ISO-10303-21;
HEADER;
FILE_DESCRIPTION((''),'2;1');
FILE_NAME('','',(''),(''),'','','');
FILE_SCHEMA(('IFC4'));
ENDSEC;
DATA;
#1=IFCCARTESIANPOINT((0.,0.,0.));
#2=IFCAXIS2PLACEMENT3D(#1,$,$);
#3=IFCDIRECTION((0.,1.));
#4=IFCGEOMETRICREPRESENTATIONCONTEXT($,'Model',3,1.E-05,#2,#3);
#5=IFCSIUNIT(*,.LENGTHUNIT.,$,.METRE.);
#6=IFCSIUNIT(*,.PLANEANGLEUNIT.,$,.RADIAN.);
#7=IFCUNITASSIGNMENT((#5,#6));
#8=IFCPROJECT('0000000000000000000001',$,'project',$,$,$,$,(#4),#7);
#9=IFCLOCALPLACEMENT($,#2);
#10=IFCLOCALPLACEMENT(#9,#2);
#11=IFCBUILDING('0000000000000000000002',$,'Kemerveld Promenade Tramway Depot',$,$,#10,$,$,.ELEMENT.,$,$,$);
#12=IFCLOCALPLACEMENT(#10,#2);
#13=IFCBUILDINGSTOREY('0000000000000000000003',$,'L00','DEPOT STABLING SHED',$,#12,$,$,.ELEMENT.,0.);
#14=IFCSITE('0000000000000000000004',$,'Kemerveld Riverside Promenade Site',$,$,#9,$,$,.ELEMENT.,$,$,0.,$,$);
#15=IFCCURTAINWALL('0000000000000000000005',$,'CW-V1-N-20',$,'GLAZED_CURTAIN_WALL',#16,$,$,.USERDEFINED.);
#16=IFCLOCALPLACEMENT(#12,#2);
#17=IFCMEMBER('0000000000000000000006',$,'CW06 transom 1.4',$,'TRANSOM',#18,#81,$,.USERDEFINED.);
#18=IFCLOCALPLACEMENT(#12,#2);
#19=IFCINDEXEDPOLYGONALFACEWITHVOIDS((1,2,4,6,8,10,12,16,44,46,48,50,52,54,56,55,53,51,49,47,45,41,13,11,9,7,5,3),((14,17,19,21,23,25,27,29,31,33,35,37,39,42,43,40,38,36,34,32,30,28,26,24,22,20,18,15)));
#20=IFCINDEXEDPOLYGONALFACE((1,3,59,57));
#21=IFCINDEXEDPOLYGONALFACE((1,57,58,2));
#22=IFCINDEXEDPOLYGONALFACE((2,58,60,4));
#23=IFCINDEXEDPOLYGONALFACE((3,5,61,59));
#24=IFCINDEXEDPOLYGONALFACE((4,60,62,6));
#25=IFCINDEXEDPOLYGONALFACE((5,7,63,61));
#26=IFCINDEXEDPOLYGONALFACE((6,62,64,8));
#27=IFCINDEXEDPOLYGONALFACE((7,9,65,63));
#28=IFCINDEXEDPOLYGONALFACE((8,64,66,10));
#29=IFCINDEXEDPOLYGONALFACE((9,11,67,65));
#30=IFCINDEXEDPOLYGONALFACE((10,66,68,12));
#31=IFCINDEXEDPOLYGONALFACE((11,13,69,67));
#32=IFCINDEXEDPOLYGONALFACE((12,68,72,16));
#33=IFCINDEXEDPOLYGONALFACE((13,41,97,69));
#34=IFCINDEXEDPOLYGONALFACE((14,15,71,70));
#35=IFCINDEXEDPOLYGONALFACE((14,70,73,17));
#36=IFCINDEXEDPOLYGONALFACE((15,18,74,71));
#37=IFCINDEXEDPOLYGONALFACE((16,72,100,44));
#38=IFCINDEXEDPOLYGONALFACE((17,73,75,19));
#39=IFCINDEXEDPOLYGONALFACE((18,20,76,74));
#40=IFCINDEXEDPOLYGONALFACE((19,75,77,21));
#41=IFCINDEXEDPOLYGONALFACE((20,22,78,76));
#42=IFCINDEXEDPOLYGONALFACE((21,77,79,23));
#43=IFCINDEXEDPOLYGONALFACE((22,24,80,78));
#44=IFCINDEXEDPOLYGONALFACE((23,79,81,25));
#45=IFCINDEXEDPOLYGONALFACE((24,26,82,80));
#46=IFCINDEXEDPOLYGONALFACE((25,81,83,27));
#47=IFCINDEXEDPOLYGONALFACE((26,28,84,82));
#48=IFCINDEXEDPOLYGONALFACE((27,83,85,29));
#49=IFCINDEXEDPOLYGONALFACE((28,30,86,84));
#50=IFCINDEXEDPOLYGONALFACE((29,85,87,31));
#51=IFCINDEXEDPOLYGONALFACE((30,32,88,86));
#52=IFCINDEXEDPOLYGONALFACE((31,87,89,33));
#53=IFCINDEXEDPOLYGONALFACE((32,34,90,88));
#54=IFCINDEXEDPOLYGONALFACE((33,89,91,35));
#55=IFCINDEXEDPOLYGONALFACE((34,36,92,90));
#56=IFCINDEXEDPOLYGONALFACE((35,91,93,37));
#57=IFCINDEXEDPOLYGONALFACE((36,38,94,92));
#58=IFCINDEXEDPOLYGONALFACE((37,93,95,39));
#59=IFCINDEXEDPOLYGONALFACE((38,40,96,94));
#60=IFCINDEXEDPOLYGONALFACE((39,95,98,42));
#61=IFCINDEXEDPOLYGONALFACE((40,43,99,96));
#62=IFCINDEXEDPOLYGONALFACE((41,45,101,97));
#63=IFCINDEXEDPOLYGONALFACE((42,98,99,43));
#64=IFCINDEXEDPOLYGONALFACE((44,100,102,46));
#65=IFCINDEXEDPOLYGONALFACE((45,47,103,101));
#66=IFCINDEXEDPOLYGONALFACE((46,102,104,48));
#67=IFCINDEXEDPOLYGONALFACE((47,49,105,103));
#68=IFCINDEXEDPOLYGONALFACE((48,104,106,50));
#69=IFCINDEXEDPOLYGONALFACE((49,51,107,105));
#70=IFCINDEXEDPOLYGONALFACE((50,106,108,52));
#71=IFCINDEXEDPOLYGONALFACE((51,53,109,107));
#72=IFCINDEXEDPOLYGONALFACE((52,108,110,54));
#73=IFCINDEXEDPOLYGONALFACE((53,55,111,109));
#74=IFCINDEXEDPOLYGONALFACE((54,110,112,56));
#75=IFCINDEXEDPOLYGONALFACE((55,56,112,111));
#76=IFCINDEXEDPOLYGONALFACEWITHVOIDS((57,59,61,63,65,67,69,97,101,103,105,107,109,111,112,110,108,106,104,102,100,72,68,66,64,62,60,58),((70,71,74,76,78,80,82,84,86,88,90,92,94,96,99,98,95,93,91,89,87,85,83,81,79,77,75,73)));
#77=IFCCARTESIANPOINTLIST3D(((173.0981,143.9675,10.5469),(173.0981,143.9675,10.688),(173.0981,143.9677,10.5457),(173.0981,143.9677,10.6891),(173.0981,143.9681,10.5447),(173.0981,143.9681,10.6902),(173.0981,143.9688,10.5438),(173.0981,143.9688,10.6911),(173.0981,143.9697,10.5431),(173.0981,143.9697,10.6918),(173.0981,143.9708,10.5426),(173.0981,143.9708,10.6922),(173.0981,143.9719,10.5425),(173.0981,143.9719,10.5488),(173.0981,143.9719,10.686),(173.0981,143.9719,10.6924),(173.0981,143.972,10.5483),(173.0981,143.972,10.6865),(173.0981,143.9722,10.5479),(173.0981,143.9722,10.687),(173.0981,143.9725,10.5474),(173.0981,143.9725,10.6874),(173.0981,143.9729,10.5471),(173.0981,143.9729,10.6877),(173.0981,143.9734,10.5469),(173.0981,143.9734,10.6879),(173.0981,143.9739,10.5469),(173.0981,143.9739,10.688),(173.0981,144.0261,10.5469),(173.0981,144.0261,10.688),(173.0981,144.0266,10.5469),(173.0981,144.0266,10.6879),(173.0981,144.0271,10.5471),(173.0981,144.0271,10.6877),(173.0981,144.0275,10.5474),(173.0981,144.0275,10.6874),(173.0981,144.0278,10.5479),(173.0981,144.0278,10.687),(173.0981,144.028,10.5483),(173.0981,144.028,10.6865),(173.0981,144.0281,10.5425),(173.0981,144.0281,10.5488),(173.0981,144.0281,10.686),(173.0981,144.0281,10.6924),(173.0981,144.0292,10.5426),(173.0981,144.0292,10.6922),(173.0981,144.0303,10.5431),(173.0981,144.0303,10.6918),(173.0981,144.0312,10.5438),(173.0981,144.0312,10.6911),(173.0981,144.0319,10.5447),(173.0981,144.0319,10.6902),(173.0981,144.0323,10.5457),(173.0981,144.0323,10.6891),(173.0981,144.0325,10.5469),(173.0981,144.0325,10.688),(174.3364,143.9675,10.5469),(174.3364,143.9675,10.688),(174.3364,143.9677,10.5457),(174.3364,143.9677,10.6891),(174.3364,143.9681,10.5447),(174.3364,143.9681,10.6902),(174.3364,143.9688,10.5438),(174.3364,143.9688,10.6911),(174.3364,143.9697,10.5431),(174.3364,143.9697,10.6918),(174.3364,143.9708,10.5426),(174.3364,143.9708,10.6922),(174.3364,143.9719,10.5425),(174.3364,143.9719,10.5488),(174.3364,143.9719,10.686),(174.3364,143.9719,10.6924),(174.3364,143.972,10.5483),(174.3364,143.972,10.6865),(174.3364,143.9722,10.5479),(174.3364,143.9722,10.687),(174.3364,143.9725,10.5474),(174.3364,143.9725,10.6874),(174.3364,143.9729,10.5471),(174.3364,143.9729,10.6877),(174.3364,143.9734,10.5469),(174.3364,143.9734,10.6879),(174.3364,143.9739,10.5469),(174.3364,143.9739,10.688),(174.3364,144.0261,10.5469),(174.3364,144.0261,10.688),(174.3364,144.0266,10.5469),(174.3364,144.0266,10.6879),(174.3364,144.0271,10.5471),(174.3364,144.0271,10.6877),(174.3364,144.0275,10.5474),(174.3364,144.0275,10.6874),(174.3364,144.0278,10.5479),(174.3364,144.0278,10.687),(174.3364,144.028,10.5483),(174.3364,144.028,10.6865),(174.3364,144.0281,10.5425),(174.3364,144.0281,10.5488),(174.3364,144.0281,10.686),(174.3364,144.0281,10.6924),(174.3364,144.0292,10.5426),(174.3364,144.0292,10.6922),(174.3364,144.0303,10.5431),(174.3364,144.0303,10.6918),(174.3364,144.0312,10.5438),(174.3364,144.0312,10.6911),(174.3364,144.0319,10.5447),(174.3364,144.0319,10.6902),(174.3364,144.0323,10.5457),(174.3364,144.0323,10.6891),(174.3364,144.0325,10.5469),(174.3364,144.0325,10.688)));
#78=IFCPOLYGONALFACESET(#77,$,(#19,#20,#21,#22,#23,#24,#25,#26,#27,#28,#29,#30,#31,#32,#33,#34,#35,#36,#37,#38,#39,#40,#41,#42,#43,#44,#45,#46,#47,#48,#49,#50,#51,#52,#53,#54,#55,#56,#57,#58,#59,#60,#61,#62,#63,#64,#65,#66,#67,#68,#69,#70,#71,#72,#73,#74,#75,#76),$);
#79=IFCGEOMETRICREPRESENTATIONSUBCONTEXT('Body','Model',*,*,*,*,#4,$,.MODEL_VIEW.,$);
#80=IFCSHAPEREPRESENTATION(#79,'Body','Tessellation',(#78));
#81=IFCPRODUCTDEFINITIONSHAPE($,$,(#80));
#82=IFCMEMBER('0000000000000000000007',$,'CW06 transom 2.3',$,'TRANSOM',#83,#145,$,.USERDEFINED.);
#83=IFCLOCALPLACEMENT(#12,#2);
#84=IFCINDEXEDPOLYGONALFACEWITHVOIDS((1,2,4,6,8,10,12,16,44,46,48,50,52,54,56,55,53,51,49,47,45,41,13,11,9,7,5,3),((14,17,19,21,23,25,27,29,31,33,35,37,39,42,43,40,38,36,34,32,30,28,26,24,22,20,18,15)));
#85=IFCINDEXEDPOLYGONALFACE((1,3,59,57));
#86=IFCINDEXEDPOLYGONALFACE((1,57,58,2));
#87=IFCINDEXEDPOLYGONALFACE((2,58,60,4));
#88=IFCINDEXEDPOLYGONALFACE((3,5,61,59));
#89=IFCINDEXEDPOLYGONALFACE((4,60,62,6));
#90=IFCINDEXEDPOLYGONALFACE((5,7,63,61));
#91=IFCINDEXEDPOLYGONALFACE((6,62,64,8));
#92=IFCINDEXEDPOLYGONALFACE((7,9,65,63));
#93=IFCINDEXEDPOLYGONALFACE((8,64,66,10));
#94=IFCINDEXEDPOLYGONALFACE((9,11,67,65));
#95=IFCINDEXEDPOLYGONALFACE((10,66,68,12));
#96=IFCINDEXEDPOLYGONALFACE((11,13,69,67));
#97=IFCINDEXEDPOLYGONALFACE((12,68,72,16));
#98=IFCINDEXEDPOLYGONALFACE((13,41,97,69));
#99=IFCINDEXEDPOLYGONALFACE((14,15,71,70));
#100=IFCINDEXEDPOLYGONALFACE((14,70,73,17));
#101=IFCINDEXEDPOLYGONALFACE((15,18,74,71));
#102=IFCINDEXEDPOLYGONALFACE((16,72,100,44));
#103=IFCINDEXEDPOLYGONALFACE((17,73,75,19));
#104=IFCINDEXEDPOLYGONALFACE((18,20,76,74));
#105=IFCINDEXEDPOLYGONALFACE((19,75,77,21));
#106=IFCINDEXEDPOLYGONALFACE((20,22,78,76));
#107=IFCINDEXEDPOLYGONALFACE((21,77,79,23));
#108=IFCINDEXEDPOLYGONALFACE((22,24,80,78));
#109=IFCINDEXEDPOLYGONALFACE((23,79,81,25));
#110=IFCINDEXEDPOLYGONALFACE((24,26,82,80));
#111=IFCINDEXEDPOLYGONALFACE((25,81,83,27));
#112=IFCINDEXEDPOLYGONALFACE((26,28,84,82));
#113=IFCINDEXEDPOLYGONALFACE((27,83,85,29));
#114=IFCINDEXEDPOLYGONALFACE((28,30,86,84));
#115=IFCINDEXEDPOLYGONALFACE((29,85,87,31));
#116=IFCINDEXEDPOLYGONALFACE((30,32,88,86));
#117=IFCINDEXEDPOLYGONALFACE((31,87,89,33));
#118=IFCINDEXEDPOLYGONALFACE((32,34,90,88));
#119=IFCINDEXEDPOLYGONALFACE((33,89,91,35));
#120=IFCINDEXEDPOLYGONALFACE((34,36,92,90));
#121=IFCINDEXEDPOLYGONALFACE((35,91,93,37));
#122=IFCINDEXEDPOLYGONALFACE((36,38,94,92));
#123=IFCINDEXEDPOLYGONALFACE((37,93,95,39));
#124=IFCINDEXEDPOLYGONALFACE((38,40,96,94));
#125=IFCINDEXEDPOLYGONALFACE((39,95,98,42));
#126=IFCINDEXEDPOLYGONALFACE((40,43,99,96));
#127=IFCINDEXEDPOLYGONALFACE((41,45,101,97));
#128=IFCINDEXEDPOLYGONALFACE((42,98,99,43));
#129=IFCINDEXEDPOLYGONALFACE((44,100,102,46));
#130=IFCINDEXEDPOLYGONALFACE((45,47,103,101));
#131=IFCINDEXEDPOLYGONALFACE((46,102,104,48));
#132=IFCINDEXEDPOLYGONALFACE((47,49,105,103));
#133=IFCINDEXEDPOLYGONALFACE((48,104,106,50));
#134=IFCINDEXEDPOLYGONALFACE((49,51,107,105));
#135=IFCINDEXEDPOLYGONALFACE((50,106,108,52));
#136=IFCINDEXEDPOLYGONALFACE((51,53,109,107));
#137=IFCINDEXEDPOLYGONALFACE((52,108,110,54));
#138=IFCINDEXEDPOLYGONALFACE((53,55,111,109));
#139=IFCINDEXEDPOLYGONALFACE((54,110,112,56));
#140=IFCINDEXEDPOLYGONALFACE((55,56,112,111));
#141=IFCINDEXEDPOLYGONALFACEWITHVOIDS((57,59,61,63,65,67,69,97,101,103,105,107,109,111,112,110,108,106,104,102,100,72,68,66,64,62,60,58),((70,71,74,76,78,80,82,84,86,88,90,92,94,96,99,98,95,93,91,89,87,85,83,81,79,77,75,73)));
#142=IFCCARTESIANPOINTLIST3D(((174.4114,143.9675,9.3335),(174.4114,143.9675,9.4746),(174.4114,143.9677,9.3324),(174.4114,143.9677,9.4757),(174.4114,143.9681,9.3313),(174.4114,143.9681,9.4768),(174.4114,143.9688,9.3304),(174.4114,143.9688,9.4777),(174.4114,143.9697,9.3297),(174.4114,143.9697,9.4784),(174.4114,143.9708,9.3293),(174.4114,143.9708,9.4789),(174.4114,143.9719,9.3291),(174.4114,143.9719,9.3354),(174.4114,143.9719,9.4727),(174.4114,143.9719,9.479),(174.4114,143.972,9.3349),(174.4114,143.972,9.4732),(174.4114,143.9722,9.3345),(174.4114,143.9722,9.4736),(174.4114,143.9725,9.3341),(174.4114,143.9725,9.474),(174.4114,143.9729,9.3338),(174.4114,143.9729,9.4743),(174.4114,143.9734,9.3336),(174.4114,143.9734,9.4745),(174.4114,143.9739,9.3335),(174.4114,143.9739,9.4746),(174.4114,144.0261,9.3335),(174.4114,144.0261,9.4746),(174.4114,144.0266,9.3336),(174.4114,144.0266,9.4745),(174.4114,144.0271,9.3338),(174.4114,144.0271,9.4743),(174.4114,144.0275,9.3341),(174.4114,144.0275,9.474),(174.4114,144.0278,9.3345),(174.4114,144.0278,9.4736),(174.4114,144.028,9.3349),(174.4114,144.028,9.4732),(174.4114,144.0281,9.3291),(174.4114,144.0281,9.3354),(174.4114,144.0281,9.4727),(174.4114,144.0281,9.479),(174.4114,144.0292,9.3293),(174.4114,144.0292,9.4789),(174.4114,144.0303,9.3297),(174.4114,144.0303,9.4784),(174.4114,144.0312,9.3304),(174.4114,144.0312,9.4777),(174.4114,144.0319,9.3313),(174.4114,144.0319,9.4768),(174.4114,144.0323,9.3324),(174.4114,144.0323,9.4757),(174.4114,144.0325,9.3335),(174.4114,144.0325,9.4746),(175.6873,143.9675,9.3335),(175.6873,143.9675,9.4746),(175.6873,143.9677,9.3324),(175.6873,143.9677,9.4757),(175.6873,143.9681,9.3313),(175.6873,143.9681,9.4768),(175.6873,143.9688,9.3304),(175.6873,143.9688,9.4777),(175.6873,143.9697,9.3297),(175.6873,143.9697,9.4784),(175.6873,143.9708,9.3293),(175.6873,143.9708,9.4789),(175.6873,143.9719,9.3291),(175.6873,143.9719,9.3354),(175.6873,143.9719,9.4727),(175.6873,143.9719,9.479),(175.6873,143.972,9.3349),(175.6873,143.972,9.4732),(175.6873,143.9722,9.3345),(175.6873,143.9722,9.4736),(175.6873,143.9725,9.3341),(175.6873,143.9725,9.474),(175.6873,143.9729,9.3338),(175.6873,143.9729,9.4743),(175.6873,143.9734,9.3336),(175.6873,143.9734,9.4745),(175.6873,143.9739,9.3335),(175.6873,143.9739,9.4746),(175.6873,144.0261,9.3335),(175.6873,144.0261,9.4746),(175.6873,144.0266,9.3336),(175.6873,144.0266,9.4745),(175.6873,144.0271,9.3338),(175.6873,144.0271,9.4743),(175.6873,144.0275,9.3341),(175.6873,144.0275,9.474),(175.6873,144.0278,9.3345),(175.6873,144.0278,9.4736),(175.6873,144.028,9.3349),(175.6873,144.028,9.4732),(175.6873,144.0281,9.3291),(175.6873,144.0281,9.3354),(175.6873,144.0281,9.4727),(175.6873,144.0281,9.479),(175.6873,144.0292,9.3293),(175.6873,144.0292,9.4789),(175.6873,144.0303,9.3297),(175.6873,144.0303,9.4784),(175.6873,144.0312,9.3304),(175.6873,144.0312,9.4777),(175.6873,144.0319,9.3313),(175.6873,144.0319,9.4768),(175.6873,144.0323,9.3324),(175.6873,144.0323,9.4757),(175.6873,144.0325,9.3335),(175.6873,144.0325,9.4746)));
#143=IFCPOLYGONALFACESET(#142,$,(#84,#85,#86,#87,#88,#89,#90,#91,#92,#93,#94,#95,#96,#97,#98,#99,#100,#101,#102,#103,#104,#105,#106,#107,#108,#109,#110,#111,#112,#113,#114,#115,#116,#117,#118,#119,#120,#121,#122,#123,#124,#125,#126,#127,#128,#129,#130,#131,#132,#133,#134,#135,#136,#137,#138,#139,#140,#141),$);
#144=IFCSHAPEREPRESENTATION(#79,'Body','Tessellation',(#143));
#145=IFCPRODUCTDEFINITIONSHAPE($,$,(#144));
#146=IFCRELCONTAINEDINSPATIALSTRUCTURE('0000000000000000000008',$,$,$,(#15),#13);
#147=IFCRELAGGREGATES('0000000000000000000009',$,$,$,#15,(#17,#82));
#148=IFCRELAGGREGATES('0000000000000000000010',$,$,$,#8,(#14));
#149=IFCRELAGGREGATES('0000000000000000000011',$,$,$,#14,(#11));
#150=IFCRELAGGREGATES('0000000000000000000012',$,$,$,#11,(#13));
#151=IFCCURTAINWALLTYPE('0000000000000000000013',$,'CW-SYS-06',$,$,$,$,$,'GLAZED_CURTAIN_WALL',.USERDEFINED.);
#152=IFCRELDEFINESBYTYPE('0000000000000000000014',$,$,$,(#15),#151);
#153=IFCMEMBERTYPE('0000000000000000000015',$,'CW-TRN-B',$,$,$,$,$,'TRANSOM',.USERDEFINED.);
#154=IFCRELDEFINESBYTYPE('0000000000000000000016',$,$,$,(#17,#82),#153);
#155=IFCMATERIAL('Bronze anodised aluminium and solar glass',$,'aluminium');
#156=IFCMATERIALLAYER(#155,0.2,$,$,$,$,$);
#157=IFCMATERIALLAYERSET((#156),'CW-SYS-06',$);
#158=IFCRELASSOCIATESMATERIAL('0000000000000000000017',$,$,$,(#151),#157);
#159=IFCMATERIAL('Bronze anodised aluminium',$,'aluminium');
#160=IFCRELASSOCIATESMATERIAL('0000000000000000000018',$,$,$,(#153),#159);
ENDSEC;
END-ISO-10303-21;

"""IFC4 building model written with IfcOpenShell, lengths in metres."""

from ifc_helpers import new_model, si_unit, direction, frame, origin, origin_2d, place, context, subcontext, project, spatial, hollow_rectangle, extrude, material, layer, layer_set, material_profile, profile_set, type_object, element, aggregate, save


model = new_model("IFC4")

# Units and contexts
model_context = context("Model", 3, precision=1e-05, world=origin(), true_north=direction((0.0, 1.0)))
body_context = subcontext(model_context, "Body", "Model", "MODEL_VIEW")
ifc_project = project(units=[si_unit("LENGTHUNIT", "METRE"), si_unit("PLANEANGLEUNIT", "RADIAN")], contexts=[model_context])

# Site, building, storey
site_placement = place(None, origin())
site = spatial("IfcSite", under=ifc_project, at=site_placement, Name="Kemerveld Riverside Promenade Site", CompositionType="ELEMENT", RefElevation=0.0)
building_placement = place(site_placement, origin())
building = spatial("IfcBuilding", under=site, at=building_placement, Name="Kemerveld Promenade Tramway Depot", CompositionType="ELEMENT")
storey_placement = place(building_placement, origin())
storey = spatial("IfcBuildingStorey", under=building, at=storey_placement, Name="L00", Description="DEPOT STABLING SHED", CompositionType="ELEMENT", Elevation=0.0)

# Curtain wall, members
ifc_material_1 = material(Name="Bronze anodised aluminium and solar glass", Category="aluminium")
ifc_material_2 = material(Name="Bronze anodised aluminium", Category="aluminium")
ifc_layer_1 = layer(ifc_material_1, 0.2)
ifc_layer_set_1 = layer_set([ifc_layer_1], Name="CW-SYS-06")
curtain_wall_type_1 = type_object("IfcCurtainWallType", Name="CW-SYS-06", ElementType="GLAZED_CURTAIN_WALL", PredefinedType="USERDEFINED", material=ifc_layer_set_1)
curtain_wall_1_placement = place(storey_placement, origin())
curtain_wall_1 = element("IfcCurtainWall", 1, at=curtain_wall_1_placement, inside=storey, type_object=curtain_wall_type_1, Name="CW-V1-N-20", ObjectType="GLAZED_CURTAIN_WALL", PredefinedType="USERDEFINED")
ifc_material_profile_1 = material_profile(ifc_material_2, hollow_rectangle(XDim=0.0649, YDim=0.1499, WallThickness=0.0044, InnerFilletRadius=0.002, OuterFilletRadius=0.0044, at=origin_2d()), Name="CW-TRN-150x65")
ifc_profile_set_1 = profile_set([ifc_material_profile_1], Name="Bronze anodised aluminium")
member_type_1 = type_object("IfcMemberType", Name="CW-TRN-B", ElementType="TRANSOM", PredefinedType="USERDEFINED", material=ifc_profile_set_1)
member_1_placement = place(storey_placement, frame((173.0981, 144.0, 10.6174), z_axis=(1.0, 0.0, 0.0), x_axis=(0.0, 1.0, 0.0)))
member_1 = element("IfcMember", 2, at=member_1_placement, type_object=member_type_1, Name="CW06 transom 1.4", ObjectType="TRANSOM", PredefinedType="USERDEFINED", context=body_context, shape_type="SweptSolid", body=[
    extrude(hollow_rectangle(XDim=0.0649, YDim=0.1499, WallThickness=0.0044, InnerFilletRadius=0.002, OuterFilletRadius=0.0044, at=origin_2d()), origin(), (0.0, 0.0, 1.0), 1.2383),
])
member_2_placement = place(storey_placement, frame((174.4114, 144.0, 9.4041), z_axis=(1.0, 0.0, 0.0), x_axis=(0.0, 1.0, 0.0)))
member_2 = element("IfcMember", 3, at=member_2_placement, type_object=member_type_1, Name="CW06 transom 2.3", ObjectType="TRANSOM", PredefinedType="USERDEFINED", context=body_context, shape_type="SweptSolid", body=[
    extrude(hollow_rectangle(XDim=0.0649, YDim=0.1499, WallThickness=0.0044, InnerFilletRadius=0.002, OuterFilletRadius=0.0044, at=origin_2d()), origin(), (0.0, 0.0, 1.0), 1.2759),
])

aggregate(curtain_wall_1, [member_1, member_2])

save(model, "model.ifc")
